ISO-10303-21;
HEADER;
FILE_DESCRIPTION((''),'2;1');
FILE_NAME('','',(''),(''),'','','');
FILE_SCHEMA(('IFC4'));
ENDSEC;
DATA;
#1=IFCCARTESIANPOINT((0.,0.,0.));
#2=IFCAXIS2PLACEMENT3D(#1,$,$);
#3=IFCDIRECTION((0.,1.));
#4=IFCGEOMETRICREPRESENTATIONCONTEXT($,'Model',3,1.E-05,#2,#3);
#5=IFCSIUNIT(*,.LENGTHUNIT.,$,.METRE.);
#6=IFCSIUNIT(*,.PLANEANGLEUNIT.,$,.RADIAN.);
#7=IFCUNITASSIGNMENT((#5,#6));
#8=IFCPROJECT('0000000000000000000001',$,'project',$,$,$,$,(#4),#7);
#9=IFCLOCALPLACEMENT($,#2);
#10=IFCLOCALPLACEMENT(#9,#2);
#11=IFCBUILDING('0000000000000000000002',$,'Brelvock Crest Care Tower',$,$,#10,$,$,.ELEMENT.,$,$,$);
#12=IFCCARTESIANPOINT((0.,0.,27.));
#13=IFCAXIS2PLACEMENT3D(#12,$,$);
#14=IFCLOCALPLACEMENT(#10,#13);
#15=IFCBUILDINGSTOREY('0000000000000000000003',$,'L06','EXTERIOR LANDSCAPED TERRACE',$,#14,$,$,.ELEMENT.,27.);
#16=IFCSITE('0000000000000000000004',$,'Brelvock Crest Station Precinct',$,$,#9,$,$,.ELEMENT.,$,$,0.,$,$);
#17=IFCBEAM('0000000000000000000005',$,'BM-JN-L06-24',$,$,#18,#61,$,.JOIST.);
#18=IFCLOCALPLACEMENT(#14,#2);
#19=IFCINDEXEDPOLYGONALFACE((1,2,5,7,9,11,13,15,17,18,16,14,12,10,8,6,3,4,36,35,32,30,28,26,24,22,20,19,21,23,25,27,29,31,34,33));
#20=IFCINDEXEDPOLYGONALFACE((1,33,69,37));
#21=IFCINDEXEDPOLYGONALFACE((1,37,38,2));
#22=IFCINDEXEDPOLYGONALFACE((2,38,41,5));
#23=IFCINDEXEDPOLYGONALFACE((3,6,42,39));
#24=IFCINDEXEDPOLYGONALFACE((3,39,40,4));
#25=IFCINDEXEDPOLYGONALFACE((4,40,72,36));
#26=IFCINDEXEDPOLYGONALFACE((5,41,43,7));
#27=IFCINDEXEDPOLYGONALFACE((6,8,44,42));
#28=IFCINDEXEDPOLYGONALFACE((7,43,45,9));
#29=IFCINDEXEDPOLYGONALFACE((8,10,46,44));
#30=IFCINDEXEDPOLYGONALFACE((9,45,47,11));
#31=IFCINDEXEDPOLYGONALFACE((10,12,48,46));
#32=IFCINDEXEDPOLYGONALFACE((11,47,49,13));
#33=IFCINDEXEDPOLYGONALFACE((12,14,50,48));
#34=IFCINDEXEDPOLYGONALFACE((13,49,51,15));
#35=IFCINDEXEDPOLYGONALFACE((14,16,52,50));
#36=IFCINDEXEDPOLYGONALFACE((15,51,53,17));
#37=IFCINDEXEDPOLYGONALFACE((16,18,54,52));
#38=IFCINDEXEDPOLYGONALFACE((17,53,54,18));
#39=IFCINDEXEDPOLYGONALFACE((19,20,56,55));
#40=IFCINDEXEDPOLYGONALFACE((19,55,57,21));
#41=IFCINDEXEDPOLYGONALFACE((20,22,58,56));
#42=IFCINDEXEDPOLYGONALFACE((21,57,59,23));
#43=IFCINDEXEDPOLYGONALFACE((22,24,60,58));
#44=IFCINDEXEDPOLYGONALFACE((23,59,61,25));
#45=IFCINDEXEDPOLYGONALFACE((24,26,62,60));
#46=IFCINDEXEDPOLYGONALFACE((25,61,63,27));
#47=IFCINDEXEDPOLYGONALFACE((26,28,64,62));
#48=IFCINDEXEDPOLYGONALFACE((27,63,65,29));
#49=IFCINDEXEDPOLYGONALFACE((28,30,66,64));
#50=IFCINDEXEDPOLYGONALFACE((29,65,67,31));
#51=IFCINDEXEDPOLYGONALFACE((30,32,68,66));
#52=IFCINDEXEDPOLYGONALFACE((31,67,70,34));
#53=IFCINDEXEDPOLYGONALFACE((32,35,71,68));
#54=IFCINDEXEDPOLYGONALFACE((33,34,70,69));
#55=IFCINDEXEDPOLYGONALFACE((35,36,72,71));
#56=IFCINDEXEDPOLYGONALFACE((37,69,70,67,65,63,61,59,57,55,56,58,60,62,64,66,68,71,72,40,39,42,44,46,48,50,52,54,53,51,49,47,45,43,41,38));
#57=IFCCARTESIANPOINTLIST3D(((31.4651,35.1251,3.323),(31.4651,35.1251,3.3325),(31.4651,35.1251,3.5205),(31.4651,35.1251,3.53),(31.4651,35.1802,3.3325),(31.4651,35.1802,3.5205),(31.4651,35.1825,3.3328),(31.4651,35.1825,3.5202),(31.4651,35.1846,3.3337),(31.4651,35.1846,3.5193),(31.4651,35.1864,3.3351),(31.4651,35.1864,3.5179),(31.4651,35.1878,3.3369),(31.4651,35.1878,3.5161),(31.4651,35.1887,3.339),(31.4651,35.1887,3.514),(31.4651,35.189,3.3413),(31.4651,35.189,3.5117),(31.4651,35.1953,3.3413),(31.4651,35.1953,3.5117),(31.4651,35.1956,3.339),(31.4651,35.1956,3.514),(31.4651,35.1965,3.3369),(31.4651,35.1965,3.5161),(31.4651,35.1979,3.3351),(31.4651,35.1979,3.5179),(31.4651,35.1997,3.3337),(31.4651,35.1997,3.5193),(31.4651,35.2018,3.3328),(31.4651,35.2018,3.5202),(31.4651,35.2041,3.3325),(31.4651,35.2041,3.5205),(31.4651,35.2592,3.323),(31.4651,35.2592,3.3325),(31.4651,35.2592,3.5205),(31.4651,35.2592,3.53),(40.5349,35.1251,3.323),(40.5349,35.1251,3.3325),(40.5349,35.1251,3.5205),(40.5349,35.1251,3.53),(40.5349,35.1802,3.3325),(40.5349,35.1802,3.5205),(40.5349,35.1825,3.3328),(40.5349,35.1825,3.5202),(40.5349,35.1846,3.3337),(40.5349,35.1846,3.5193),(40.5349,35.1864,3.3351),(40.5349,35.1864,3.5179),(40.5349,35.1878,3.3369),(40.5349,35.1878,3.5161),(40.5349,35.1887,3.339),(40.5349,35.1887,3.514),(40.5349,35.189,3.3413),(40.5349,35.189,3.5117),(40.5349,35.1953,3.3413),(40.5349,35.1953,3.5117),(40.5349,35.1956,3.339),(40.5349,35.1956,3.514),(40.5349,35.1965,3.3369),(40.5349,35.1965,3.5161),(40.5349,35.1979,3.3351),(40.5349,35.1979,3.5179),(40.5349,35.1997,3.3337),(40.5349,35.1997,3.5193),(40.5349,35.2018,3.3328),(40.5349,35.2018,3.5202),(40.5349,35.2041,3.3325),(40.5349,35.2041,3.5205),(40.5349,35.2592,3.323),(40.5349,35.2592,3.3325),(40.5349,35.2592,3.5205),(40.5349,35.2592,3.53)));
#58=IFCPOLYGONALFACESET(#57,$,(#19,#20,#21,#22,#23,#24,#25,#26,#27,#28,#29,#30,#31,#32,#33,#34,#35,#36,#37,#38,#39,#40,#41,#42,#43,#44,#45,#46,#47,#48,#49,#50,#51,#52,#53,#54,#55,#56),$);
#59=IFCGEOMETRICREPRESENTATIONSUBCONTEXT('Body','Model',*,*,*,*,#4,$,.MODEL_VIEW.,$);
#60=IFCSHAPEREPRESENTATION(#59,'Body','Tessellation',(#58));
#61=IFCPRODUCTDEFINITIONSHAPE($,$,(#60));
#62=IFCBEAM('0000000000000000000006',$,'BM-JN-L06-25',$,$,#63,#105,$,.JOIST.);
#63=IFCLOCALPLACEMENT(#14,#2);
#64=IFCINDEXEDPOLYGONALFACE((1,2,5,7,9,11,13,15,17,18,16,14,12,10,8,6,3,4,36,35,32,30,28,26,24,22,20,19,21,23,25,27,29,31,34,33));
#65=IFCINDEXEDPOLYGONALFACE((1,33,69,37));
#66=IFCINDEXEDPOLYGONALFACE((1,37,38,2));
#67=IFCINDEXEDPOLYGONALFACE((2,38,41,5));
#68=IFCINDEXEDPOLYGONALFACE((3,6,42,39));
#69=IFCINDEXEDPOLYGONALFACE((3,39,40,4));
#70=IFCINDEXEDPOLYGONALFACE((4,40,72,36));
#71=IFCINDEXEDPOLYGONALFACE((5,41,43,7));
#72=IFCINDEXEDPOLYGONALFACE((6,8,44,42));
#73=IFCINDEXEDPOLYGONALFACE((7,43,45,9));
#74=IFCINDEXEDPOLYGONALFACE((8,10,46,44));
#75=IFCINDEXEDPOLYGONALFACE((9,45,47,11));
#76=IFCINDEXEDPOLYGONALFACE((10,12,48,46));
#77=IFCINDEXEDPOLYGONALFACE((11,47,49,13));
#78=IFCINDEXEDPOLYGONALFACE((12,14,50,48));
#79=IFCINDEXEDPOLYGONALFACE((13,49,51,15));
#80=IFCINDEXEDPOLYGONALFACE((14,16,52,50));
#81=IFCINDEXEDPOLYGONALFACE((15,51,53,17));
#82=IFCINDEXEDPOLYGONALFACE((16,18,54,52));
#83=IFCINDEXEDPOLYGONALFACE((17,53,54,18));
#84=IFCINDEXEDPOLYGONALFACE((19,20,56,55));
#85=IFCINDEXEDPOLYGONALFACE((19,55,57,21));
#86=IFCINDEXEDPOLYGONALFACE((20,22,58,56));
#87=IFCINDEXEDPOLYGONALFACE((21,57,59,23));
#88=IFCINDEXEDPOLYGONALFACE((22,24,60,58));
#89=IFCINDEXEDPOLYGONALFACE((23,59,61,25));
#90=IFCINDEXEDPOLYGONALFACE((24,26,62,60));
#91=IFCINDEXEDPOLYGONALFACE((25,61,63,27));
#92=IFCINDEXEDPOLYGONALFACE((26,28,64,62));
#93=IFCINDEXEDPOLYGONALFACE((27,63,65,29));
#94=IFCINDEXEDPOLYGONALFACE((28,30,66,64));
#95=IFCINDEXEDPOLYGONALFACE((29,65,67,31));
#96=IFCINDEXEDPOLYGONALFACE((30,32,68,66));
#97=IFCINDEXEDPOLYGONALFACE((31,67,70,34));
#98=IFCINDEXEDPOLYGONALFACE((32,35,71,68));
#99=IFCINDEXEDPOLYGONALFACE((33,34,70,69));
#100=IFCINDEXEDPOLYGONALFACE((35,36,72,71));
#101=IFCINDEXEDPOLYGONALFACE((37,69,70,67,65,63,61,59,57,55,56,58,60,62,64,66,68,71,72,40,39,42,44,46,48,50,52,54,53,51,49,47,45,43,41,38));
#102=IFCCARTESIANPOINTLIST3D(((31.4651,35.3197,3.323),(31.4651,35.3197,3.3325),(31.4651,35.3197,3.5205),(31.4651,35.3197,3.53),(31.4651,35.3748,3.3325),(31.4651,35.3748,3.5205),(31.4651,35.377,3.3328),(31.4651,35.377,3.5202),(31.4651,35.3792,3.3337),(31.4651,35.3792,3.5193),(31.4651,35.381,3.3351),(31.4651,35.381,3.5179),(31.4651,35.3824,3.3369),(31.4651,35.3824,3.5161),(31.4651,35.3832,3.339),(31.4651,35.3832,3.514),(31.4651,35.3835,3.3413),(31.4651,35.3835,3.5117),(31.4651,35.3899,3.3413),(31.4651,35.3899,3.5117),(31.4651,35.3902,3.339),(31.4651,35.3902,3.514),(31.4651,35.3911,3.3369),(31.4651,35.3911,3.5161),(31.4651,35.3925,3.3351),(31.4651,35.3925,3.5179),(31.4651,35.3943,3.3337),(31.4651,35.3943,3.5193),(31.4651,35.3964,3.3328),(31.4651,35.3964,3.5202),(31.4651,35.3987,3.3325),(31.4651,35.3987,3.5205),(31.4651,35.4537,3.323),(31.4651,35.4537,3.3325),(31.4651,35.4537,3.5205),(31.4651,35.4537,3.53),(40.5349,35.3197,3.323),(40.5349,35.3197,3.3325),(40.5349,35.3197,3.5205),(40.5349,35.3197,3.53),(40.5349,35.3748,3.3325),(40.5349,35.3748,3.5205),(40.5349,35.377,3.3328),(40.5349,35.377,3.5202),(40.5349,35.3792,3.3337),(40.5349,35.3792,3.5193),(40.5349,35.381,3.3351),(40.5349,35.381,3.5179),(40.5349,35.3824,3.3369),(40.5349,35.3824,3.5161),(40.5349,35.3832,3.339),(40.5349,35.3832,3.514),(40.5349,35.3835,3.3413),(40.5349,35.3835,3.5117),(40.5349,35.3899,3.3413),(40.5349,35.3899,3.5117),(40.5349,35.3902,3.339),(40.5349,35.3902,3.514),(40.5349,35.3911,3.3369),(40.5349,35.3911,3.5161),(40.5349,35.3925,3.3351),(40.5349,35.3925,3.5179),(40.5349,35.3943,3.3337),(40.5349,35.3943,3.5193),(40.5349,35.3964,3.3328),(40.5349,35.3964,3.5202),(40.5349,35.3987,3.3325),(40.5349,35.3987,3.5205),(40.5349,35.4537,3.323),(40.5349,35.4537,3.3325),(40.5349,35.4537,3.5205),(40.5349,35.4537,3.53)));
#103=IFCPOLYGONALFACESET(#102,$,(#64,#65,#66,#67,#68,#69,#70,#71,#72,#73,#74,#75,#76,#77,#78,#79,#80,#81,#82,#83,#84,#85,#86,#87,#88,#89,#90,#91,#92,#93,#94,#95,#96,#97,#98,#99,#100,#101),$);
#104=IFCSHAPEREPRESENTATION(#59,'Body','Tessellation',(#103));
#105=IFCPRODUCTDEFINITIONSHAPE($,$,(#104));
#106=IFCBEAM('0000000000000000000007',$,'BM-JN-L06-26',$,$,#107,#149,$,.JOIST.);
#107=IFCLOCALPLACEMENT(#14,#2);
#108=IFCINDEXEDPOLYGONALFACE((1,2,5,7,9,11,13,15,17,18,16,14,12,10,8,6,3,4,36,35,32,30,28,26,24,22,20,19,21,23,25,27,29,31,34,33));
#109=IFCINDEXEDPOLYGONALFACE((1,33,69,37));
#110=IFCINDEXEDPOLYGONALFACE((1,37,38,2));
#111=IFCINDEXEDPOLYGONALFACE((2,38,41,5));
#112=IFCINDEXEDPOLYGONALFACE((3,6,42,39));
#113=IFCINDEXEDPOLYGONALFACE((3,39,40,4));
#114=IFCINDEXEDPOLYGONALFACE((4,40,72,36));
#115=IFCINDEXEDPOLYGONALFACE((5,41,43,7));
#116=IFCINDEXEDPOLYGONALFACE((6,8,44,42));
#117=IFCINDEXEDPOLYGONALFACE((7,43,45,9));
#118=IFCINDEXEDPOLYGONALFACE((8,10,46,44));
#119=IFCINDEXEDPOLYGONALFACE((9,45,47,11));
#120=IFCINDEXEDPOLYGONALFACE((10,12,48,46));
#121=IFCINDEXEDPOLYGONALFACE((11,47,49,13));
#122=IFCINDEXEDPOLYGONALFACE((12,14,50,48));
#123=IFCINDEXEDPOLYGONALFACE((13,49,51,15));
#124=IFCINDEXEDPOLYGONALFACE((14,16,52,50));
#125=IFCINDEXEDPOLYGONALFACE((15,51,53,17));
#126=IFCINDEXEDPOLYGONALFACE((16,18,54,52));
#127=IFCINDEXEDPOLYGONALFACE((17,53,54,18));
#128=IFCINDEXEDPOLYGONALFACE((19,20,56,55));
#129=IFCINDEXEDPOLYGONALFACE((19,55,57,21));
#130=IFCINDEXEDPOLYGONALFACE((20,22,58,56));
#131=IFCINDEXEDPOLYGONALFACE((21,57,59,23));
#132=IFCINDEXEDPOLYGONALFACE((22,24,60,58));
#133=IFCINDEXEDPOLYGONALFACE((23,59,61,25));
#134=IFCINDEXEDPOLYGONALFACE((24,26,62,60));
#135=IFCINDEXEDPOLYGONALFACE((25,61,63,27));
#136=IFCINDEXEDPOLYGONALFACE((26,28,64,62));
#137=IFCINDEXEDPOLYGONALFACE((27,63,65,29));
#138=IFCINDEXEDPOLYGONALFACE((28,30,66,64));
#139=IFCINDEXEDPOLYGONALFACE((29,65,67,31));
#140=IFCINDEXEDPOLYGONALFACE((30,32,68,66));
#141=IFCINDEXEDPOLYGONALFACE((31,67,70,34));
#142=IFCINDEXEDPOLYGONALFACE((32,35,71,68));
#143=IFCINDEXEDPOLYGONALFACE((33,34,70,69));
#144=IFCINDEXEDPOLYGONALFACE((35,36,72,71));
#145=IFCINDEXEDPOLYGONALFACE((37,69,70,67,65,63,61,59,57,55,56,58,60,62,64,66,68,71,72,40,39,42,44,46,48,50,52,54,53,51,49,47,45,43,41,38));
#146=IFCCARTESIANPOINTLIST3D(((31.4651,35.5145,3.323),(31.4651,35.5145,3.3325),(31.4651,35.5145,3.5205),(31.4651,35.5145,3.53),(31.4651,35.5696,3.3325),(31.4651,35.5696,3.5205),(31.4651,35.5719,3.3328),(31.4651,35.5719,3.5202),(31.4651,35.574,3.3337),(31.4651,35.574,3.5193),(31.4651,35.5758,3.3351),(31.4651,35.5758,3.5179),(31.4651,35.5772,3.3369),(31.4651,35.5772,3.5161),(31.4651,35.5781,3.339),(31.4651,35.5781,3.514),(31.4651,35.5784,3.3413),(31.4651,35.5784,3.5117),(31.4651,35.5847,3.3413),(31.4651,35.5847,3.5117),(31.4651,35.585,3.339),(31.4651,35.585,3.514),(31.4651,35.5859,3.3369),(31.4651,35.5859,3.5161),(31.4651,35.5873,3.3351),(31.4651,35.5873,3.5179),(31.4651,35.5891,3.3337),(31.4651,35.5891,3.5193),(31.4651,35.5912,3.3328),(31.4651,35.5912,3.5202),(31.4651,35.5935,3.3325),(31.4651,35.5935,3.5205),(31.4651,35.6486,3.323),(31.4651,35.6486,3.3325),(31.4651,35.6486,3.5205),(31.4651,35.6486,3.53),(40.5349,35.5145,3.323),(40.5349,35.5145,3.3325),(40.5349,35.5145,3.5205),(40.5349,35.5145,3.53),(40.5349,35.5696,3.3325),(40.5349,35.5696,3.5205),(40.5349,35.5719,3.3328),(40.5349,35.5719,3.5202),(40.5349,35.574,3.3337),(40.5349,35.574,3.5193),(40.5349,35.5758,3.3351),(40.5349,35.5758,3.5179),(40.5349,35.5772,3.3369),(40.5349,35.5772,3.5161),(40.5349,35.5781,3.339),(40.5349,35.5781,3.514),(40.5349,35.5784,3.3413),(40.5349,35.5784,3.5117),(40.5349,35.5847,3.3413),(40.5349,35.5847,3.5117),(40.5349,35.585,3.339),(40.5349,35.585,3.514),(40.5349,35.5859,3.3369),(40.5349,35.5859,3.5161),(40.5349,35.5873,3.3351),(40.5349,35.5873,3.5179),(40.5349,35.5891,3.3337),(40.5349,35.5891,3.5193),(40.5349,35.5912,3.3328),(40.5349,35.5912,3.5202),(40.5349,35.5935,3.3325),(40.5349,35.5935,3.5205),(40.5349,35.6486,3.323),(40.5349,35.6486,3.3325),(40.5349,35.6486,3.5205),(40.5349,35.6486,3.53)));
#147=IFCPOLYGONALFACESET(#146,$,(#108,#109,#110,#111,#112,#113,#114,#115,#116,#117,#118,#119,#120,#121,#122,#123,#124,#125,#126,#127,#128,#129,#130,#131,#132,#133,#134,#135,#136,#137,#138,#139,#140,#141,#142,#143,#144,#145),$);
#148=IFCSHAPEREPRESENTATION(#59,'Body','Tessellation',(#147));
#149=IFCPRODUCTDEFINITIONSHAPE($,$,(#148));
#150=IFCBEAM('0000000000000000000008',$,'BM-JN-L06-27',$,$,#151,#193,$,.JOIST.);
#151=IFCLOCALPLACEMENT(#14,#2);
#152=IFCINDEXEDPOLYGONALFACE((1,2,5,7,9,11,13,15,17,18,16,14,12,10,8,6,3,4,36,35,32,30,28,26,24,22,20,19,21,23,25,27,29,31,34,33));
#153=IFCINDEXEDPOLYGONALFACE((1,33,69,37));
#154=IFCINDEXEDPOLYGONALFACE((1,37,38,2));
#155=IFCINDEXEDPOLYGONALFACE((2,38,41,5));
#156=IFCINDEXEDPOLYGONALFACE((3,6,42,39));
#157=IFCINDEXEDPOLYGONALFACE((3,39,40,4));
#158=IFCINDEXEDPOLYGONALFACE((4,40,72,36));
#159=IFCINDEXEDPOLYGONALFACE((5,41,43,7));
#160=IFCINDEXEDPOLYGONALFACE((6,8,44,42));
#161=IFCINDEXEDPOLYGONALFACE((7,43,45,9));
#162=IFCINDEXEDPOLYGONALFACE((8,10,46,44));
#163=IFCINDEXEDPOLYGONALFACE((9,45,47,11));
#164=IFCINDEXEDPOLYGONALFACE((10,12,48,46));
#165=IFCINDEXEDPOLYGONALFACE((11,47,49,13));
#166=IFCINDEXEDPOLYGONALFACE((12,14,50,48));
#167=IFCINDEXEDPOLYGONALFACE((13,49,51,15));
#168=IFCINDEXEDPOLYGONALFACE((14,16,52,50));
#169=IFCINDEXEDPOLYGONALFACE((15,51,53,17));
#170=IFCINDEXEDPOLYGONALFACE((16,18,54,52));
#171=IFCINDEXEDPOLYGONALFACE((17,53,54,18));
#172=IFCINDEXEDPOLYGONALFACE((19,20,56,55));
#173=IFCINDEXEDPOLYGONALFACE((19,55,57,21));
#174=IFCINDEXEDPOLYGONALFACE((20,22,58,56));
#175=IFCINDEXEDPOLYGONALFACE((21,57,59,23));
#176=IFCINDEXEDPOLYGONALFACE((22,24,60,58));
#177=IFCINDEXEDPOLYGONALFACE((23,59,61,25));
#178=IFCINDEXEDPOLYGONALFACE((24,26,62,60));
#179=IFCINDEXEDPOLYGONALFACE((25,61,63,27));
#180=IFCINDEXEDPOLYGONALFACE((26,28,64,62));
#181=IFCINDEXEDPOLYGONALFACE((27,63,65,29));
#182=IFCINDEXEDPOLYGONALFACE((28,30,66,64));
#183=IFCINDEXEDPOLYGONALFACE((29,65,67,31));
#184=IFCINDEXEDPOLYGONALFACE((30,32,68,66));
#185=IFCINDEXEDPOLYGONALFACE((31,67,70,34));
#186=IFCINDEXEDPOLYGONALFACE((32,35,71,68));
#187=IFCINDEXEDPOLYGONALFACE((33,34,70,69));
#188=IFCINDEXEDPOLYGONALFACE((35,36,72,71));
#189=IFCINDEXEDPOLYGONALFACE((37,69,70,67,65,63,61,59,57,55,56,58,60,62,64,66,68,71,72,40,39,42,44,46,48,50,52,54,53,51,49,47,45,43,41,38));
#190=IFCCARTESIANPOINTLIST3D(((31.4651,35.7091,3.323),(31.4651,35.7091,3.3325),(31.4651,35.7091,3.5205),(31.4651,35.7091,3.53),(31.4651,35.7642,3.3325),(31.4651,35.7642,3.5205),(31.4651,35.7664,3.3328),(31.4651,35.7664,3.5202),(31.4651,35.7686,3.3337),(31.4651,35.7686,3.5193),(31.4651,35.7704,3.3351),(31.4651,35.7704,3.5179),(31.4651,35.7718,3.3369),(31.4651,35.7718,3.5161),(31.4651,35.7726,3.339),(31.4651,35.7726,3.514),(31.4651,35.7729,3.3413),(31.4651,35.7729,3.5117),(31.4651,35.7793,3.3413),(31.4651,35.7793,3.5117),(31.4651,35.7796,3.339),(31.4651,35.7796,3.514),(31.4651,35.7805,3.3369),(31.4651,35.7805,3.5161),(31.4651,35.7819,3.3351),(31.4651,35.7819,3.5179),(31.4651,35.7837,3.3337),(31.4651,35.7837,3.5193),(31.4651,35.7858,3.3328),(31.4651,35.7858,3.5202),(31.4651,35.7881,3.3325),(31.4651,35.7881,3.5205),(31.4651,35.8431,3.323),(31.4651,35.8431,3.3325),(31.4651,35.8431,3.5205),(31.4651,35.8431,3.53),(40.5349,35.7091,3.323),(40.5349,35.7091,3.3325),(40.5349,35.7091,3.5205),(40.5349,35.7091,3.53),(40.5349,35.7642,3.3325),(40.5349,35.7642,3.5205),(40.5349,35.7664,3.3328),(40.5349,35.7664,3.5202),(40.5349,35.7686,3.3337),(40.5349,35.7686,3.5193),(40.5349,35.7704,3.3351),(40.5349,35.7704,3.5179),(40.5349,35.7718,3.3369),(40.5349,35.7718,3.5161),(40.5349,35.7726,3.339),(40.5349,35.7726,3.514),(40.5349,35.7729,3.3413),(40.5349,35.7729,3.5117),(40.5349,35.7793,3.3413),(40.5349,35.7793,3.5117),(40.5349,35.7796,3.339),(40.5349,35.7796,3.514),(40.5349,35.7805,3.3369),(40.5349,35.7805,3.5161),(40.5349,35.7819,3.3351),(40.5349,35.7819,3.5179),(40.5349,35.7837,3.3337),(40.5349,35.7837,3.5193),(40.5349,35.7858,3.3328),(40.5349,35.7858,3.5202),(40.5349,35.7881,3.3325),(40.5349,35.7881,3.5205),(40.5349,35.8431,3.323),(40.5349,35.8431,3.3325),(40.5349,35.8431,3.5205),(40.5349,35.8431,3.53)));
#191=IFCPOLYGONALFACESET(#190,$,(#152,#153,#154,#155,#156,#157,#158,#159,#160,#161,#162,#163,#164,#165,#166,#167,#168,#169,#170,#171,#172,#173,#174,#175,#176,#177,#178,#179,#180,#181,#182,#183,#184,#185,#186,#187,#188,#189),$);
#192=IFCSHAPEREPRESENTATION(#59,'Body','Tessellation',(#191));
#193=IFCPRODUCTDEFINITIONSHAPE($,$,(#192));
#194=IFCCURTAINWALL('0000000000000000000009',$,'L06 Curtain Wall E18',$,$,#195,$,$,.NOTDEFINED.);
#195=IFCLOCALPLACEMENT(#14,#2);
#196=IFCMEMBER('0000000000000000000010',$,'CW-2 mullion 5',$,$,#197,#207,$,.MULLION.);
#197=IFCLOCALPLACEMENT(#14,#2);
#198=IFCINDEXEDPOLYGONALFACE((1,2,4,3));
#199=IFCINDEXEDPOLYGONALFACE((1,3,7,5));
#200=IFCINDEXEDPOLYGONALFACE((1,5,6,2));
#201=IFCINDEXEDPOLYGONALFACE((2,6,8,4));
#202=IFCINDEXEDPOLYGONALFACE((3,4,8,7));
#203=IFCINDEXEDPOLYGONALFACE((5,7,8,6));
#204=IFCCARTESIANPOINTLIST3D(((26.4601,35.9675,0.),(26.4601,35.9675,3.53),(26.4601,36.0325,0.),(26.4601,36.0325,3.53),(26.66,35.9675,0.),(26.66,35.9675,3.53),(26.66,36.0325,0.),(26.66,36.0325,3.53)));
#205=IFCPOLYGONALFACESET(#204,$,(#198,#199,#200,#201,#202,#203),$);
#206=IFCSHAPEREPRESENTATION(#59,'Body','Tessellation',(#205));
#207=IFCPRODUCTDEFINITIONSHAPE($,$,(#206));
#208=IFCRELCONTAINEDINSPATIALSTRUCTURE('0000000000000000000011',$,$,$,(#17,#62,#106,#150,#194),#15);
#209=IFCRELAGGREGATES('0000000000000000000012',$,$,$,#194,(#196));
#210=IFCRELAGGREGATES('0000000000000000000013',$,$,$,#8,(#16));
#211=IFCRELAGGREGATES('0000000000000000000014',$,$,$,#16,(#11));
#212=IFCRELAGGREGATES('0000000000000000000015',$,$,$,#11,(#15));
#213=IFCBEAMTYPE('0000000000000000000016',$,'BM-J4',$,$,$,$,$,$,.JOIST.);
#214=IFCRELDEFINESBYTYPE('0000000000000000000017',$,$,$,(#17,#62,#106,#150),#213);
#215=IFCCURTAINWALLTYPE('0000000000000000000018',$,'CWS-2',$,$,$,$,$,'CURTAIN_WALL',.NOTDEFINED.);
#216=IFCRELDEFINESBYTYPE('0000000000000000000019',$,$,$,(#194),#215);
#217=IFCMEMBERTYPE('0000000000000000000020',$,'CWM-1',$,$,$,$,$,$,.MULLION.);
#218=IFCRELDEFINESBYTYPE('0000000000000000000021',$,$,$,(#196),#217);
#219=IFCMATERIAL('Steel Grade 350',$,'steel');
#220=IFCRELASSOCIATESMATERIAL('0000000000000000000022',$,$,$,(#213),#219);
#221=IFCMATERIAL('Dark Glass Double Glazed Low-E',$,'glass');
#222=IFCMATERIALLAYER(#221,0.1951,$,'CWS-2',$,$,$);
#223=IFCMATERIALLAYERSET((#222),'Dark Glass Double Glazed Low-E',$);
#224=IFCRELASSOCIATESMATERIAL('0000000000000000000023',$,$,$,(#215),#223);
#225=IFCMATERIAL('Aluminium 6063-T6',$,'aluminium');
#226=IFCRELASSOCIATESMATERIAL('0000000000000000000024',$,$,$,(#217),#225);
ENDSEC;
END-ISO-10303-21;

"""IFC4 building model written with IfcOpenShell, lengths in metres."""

from ifc_helpers import new_model, si_unit, direction, frame, origin, origin_2d, place, context, subcontext, project, spatial, rectangle, i_section, extrude, source, transform, mapped, material, layer, layer_set, material_profile, profile_set, type_object, element, aggregate, save


model = new_model("IFC4")

# Units and contexts
model_context = context("Model", 3, precision=1e-05, world=origin(), true_north=direction((0.0, 1.0)))
body_context = subcontext(model_context, "Body", "Model", "MODEL_VIEW")
ifc_project = project(units=[si_unit("LENGTHUNIT", "METRE"), si_unit("PLANEANGLEUNIT", "RADIAN")], contexts=[model_context])

# Site, building, storey
site_placement = place(None, origin())
site = spatial("IfcSite", under=ifc_project, at=site_placement, Name="Brelvock Crest Station Precinct", CompositionType="ELEMENT", RefElevation=0.0)
building_placement = place(site_placement, origin())
building = spatial("IfcBuilding", under=site, at=building_placement, Name="Brelvock Crest Care Tower", CompositionType="ELEMENT")
storey_placement = place(building_placement, frame((0.0, 0.0, 27.0)))
storey = spatial("IfcBuildingStorey", under=building, at=storey_placement, Name="L06", Description="EXTERIOR LANDSCAPED TERRACE", CompositionType="ELEMENT", Elevation=27.0)

# Shared definitions
ifc_material_1 = material(Name="Steel Grade 350", Category="steel")

# Beams
ifc_material_profile_1 = material_profile(ifc_material_1, i_section(OverallWidth=0.134, OverallDepth=0.207, WebThickness=0.0063, FlangeThickness=0.0095, FilletRadius=0.0088, at=origin_2d()), Name="200UB29.8")
ifc_profile_set_1 = profile_set([ifc_material_profile_1], Name="Steel Grade 350")
beam_type_1 = type_object("IfcBeamType", Name="BM-J4", PredefinedType="JOIST", material=ifc_profile_set_1)
shared_shape_1 = source(origin(), body_context, "Body", "SweptSolid", [
    extrude(i_section(OverallWidth=0.134, OverallDepth=0.207, WebThickness=0.0063, FlangeThickness=0.0095, FilletRadius=0.0088, at=origin_2d()), origin(), (0.0, 0.0, 1.0), 9.0698),
])
for number, where, z_axis, x_axis, name in (
    (1, (31.4651, 35.1921, 3.4265), (1.0, 0.0, 0.0), (0.0, 1.0, 0.0), "BM-JN-L06-24"),
    (2, (31.4651, 35.3867, 3.4265), (1.0, 0.0, 0.0), (0.0, 1.0, 0.0), "BM-JN-L06-25"),
    (3, (31.4651, 35.5815, 3.4265), (1.0, 0.0, 0.0), (0.0, 1.0, 0.0), "BM-JN-L06-26"),
    (4, (31.4651, 35.7761, 3.4265), (1.0, 0.0, 0.0), (0.0, 1.0, 0.0), "BM-JN-L06-27"),
):
    element("IfcBeam", number, at=place(storey_placement, frame(where, z_axis=z_axis, x_axis=x_axis)), inside=storey, type_object=beam_type_1, Name=name, PredefinedType="JOIST", context=body_context, shape_type="MappedRepresentation", body=[
        mapped(shared_shape_1, transform((0.0, 0.0, 0.0), x_axis=(1.0, 0.0, 0.0), y_axis=(0.0, 1.0, 0.0), z_axis=(0.0, 0.0, 1.0), scale=1.0)),
    ])

# Curtain wall, member
ifc_material_2 = material(Name="Dark Glass Double Glazed Low-E", Category="glass")
ifc_layer_1 = layer(ifc_material_2, 0.1951, Name="CWS-2")
ifc_layer_set_1 = layer_set([ifc_layer_1], Name="Dark Glass Double Glazed Low-E")
curtain_wall_type = type_object("IfcCurtainWallType", Name="CWS-2", ElementType="CURTAIN_WALL", PredefinedType="NOTDEFINED", material=ifc_layer_set_1)
curtain_wall_placement = place(storey_placement, origin())
curtain_wall = element("IfcCurtainWall", 5, at=curtain_wall_placement, inside=storey, type_object=curtain_wall_type, Name="L06 Curtain Wall E18", PredefinedType="NOTDEFINED")
ifc_material_3 = material(Name="Aluminium 6063-T6", Category="aluminium")
ifc_material_profile_2 = material_profile(ifc_material_3, rectangle(XDim=0.0649, YDim=0.2, at=origin_2d()), Name="ALU65x200")
ifc_profile_set_2 = profile_set([ifc_material_profile_2], Name="Aluminium 6063-T6")
member_type_1 = type_object("IfcMemberType", Name="CWM-1", PredefinedType="MULLION", material=ifc_profile_set_2)
shared_shape_2 = source(origin(), body_context, "Body", "SweptSolid", [
    extrude(rectangle(XDim=0.0649, YDim=0.2, at=origin_2d()), origin(), (0.0, 0.0, 1.0), 3.53),
])
member_1_placement = place(storey_placement, frame((26.5601, 36.0, 0.0), z_axis=(0.0, 0.0, 1.0), x_axis=(0.0, 1.0, 0.0)))
member_1 = element("IfcMember", 6, at=member_1_placement, type_object=member_type_1, Name="CW-2 mullion 5", PredefinedType="MULLION", context=body_context, shape_type="MappedRepresentation", body=[
    mapped(shared_shape_2, transform((0.0, 0.0, 0.0), x_axis=(1.0, 0.0, 0.0), y_axis=(0.0, 1.0, 0.0), z_axis=(0.0, 0.0, 1.0), scale=1.0)),
])
aggregate(curtain_wall, [member_1])

save(model, "model.ifc")
